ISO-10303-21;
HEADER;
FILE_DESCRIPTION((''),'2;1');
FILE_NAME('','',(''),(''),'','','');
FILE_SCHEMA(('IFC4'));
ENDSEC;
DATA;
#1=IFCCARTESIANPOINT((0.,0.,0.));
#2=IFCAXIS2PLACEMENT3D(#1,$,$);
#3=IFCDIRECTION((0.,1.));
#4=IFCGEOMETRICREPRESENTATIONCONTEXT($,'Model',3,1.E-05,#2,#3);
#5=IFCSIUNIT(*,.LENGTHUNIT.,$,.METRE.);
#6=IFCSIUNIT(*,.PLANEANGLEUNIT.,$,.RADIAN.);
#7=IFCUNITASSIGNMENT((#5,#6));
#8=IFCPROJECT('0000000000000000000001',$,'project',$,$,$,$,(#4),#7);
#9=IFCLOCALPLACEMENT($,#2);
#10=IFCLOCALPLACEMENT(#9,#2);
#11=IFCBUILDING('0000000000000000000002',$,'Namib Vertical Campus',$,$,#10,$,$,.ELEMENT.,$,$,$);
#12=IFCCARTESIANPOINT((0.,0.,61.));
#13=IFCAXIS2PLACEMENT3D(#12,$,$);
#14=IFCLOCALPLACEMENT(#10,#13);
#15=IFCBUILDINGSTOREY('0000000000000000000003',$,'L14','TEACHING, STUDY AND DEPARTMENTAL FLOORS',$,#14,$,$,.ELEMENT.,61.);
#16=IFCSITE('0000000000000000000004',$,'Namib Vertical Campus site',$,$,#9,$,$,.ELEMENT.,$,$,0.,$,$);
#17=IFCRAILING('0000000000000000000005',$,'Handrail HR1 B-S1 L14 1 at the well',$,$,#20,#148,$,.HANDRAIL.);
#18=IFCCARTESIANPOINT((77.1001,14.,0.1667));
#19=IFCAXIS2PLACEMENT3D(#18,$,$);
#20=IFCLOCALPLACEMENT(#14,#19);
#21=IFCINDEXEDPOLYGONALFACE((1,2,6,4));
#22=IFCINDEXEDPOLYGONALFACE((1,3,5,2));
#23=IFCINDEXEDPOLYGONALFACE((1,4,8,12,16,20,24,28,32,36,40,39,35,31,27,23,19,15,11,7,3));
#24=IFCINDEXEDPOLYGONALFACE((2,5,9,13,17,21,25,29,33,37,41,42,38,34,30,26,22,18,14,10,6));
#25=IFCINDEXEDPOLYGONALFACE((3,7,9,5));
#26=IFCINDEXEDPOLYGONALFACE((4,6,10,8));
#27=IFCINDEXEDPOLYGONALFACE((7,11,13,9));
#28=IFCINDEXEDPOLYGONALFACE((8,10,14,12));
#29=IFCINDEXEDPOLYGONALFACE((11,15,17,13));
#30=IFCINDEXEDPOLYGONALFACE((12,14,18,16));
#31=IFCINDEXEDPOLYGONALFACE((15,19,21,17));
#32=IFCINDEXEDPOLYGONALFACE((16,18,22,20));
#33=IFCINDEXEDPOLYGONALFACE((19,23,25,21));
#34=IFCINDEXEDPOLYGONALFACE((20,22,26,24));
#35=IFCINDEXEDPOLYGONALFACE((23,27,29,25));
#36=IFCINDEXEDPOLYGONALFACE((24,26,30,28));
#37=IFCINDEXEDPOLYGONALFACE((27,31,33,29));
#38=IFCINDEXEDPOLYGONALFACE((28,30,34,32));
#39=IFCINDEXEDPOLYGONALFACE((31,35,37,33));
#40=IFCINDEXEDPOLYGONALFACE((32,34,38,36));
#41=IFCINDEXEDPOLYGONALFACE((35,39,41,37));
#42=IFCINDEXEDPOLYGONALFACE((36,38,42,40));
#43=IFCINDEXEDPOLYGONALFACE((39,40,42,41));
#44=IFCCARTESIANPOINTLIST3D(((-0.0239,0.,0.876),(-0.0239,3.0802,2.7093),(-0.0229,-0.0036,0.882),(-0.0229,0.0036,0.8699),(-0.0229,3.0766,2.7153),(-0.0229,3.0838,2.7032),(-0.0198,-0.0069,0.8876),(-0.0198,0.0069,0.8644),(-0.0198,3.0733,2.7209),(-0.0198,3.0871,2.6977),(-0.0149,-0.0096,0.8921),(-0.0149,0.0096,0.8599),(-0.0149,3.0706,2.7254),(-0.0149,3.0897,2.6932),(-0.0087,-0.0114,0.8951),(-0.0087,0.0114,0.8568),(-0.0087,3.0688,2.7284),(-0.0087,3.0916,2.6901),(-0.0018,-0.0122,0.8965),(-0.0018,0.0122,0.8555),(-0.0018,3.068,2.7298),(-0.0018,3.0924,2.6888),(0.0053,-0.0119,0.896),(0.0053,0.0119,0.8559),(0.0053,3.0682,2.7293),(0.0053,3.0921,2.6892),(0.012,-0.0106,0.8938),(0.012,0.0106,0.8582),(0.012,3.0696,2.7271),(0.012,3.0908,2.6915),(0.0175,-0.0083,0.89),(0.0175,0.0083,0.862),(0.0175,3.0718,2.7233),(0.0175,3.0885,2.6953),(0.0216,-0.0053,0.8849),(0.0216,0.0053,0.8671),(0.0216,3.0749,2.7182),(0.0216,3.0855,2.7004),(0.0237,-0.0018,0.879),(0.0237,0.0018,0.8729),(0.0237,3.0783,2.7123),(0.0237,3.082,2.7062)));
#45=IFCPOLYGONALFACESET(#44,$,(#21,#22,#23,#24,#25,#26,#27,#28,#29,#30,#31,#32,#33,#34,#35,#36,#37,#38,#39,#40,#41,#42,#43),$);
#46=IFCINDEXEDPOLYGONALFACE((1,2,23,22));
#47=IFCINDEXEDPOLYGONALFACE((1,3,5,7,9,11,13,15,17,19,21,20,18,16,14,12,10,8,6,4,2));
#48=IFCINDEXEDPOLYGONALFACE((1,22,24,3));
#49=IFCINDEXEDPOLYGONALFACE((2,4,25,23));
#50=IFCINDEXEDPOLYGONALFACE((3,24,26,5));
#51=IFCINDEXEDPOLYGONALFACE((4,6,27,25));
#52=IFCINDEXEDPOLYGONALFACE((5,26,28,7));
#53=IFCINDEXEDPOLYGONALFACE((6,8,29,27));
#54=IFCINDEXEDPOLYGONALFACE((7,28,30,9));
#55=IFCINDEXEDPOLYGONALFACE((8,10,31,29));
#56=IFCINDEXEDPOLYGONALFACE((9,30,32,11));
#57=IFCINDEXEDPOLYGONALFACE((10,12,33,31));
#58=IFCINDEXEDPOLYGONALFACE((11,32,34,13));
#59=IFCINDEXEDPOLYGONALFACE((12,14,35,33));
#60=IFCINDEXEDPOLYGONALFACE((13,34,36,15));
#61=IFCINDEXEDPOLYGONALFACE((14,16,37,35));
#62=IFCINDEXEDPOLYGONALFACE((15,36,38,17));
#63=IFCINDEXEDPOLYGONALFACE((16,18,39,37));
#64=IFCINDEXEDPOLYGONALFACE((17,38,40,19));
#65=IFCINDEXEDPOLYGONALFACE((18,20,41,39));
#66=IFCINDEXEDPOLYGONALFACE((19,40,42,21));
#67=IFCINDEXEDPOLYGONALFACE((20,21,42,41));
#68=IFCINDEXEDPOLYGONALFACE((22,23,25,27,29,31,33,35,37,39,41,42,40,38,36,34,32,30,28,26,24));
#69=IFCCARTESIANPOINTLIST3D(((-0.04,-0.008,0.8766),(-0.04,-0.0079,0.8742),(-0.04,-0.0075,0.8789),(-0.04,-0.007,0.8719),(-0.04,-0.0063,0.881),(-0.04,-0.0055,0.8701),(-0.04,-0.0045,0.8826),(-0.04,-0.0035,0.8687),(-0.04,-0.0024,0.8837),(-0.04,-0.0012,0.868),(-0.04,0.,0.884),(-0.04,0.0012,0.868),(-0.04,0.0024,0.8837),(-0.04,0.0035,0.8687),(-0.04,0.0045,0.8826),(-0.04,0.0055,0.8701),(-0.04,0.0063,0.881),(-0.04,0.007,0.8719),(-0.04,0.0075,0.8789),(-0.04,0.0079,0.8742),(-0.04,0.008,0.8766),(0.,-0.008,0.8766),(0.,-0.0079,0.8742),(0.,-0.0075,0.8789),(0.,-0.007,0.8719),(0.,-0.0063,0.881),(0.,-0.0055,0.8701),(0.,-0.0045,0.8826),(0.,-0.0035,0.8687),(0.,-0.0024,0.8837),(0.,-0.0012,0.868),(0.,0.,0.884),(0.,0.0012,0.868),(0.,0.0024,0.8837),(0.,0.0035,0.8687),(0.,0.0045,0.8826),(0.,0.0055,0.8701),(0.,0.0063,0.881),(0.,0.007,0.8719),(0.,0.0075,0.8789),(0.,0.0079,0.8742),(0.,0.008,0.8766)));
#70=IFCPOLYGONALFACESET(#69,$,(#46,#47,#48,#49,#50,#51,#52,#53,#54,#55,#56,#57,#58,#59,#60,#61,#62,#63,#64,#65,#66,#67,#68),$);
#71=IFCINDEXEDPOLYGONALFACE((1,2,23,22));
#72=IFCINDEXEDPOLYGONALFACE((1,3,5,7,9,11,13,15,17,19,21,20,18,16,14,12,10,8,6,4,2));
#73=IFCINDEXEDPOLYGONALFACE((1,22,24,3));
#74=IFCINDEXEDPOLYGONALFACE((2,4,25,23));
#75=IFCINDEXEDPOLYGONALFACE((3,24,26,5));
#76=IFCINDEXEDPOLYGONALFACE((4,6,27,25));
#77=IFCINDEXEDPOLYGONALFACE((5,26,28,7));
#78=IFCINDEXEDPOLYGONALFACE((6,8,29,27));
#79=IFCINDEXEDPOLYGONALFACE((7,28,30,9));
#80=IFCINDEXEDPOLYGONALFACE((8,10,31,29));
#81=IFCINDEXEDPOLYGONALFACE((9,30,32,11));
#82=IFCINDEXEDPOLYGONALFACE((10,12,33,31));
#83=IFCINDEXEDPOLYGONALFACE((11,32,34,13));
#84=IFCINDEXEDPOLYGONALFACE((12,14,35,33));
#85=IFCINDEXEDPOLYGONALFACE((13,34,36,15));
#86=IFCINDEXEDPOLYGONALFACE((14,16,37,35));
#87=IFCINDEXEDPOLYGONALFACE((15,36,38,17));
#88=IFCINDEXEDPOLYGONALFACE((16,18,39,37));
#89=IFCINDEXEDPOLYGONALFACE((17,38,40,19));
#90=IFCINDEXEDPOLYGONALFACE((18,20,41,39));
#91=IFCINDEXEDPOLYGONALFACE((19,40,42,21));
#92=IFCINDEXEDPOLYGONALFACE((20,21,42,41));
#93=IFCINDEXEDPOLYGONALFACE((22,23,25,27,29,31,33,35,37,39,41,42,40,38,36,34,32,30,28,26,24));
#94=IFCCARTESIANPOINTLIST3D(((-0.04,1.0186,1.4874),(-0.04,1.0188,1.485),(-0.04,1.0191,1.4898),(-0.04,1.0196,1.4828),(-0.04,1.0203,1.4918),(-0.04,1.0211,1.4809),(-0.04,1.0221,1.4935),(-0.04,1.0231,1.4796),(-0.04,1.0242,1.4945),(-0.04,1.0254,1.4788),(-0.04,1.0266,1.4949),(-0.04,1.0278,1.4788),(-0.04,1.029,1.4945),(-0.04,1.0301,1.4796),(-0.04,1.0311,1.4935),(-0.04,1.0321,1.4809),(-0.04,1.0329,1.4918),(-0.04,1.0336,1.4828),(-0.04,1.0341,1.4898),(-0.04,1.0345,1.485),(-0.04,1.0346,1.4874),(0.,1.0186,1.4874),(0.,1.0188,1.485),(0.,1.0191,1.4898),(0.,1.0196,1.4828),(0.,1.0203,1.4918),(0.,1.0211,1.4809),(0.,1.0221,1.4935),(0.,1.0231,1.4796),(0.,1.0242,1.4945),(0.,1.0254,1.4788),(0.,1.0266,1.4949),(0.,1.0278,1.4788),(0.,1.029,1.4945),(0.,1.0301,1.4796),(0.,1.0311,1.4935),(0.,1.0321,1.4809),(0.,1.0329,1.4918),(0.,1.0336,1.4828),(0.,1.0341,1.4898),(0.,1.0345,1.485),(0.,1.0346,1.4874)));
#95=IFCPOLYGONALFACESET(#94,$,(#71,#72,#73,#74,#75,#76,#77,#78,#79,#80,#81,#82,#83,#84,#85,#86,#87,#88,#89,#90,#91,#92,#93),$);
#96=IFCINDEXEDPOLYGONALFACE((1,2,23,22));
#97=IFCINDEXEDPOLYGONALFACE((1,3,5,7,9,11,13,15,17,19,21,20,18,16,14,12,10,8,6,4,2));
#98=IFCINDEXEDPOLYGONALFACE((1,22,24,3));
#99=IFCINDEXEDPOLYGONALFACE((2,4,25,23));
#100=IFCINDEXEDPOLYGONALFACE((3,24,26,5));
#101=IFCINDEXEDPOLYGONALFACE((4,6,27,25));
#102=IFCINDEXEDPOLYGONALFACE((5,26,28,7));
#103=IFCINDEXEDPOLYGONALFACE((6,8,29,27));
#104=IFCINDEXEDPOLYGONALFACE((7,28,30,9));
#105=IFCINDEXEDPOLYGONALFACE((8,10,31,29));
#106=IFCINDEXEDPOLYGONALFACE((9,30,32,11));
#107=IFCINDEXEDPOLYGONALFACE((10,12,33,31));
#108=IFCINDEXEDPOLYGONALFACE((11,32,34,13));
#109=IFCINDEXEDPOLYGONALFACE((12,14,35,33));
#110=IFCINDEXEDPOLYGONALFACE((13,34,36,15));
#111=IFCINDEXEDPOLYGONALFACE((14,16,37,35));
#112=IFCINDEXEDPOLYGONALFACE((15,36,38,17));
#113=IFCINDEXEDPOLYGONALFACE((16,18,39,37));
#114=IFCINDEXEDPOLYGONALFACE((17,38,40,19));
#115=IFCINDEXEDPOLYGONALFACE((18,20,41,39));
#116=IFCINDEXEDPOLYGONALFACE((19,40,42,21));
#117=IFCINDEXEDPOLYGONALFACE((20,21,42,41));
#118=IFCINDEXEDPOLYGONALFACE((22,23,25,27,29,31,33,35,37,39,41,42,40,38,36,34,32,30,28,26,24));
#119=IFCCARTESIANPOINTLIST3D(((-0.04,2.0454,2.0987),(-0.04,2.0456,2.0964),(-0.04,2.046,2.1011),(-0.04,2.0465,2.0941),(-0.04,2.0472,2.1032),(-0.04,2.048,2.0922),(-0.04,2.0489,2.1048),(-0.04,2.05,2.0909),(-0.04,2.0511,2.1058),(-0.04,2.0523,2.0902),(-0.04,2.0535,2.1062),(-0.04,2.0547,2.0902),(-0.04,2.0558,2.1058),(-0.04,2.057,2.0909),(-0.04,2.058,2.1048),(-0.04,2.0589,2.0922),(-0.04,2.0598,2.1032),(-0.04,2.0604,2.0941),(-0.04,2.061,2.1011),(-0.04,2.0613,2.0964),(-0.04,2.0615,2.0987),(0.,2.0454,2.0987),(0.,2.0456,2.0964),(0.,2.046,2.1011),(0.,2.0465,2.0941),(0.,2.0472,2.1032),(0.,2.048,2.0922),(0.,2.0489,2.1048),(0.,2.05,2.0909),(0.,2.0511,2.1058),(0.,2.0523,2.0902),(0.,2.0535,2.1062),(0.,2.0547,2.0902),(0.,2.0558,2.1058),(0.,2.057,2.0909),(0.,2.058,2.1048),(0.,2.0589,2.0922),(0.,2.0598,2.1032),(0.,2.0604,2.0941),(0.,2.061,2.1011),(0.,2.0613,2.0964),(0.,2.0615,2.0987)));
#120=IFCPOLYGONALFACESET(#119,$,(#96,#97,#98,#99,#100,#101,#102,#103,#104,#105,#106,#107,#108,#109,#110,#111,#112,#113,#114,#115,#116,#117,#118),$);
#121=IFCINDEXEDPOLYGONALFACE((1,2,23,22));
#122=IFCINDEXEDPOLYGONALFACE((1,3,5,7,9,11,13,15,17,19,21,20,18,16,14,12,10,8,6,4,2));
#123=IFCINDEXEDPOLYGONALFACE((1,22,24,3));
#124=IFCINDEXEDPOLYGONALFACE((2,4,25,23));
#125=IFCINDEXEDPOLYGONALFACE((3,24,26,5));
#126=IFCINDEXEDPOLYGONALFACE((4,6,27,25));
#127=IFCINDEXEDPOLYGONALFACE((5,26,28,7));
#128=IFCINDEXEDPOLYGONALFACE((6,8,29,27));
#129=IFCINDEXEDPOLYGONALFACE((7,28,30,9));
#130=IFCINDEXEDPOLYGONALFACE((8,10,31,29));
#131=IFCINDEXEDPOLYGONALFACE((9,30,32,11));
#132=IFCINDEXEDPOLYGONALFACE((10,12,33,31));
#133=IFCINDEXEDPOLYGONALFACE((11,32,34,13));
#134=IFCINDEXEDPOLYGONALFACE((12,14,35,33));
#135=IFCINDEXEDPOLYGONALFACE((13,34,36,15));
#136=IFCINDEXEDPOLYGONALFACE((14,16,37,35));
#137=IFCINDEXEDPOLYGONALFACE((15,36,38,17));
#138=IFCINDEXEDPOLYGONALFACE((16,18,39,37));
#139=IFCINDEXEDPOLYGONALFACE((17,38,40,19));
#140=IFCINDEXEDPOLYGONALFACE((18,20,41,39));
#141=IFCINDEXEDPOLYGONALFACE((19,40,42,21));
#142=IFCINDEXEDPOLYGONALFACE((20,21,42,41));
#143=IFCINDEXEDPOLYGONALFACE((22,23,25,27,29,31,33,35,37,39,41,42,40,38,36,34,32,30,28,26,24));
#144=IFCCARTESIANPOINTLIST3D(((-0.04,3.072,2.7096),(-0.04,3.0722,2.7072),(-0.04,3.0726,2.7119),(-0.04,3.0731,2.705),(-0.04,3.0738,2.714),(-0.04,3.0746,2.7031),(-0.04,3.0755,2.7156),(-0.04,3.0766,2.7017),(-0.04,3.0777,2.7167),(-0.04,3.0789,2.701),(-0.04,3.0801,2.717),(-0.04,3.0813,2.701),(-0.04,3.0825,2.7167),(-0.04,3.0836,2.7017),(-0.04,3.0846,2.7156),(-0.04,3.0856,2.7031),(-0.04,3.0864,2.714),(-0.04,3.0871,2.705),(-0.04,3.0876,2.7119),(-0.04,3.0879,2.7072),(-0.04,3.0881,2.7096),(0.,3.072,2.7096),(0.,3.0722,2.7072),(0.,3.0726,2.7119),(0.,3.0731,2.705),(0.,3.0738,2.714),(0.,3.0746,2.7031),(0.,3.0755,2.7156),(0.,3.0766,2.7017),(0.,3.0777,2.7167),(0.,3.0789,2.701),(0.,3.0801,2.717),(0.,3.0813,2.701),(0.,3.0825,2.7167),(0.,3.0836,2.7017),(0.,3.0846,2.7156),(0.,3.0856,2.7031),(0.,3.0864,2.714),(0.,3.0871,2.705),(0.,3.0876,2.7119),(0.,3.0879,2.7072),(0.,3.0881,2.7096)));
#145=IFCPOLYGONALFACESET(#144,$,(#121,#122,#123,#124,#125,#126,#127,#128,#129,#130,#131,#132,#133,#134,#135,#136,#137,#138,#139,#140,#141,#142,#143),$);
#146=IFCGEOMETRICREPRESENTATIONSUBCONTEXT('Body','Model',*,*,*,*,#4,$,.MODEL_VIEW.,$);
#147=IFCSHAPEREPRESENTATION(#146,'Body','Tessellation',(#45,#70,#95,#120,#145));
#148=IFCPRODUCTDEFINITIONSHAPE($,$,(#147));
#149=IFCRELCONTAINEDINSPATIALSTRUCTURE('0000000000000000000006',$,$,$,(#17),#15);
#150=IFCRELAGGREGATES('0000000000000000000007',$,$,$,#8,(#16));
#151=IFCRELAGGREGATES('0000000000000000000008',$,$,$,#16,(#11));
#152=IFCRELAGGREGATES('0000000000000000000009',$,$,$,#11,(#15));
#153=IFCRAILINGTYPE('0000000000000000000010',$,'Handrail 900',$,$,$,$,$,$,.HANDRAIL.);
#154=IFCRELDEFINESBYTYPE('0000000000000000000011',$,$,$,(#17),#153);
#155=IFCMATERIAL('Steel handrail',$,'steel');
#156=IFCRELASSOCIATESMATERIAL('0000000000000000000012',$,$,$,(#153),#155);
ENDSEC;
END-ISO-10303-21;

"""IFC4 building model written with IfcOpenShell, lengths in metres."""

from ifc_helpers import new_model, si_unit, direction, frame, origin, origin_2d, place, context, subcontext, project, spatial, circle, extrude, material, type_object, element, save


model = new_model("IFC4")

# Units and contexts
model_context = context("Model", 3, precision=1e-05, world=origin(), true_north=direction((0.0, 1.0)))
body_context = subcontext(model_context, "Body", "Model", "MODEL_VIEW")
ifc_project = project(units=[si_unit("LENGTHUNIT", "METRE"), si_unit("PLANEANGLEUNIT", "RADIAN")], contexts=[model_context])

# Site, building, storey
site_placement = place(None, origin())
site = spatial("IfcSite", under=ifc_project, at=site_placement, Name="Namib Vertical Campus site", CompositionType="ELEMENT", RefElevation=0.0)
building_placement = place(site_placement, origin())
building = spatial("IfcBuilding", under=site, at=building_placement, Name="Namib Vertical Campus", CompositionType="ELEMENT")
storey_placement = place(building_placement, frame((0.0, 0.0, 61.0)))
storey = spatial("IfcBuildingStorey", under=building, at=storey_placement, Name="L14", Description="TEACHING, STUDY AND DEPARTMENTAL FLOORS", CompositionType="ELEMENT", Elevation=61.0)

# Railing
ifc_material_1 = material(Name="Steel handrail", Category="steel")
railing_type_1 = type_object("IfcRailingType", Name="Handrail 900", PredefinedType="HANDRAIL", material=ifc_material_1)
railing_1_placement = place(storey_placement, frame((77.1001, 14.0, 0.1667)))
element("IfcRailing", 1, at=railing_1_placement, inside=storey, type_object=railing_type_1, Name="Handrail HR1 B-S1 L14 1 at the well", PredefinedType="HANDRAIL", context=body_context, shape_type="SweptSolid", body=[
    extrude(circle(Radius=0.0239, at=origin_2d()), frame((0.0, 0.0, 0.876), z_axis=(0.0, 0.859309, 0.511458), x_axis=(-1.0, 0.0, 0.0)), (0.0, 0.0, 1.0), 3.5845),
    extrude(circle(Radius=0.0081, at=origin_2d()), frame((0.0, 0.0, 0.876), z_axis=(-1.0, 0.0, 0.0), x_axis=(0.0, 0.0, 1.0)), (0.0, 0.0, 1.0), 0.04),
    extrude(circle(Radius=0.0081, at=origin_2d()), frame((0.0, 1.0266, 1.4868), z_axis=(-1.0, 0.0, 0.0), x_axis=(0.0, 0.0, 1.0)), (0.0, 0.0, 1.0), 0.04),
    extrude(circle(Radius=0.0081, at=origin_2d()), frame((0.0, 2.0535, 2.0981), z_axis=(-1.0, 0.0, 0.0), x_axis=(0.0, 0.0, 1.0)), (0.0, 0.0, 1.0), 0.04),
    extrude(circle(Radius=0.0081, at=origin_2d()), frame((0.0, 3.0801, 2.709), z_axis=(-1.0, 0.0, 0.0), x_axis=(0.0, 0.0, 1.0)), (0.0, 0.0, 1.0), 0.04),
])

save(model, "model.ifc")
